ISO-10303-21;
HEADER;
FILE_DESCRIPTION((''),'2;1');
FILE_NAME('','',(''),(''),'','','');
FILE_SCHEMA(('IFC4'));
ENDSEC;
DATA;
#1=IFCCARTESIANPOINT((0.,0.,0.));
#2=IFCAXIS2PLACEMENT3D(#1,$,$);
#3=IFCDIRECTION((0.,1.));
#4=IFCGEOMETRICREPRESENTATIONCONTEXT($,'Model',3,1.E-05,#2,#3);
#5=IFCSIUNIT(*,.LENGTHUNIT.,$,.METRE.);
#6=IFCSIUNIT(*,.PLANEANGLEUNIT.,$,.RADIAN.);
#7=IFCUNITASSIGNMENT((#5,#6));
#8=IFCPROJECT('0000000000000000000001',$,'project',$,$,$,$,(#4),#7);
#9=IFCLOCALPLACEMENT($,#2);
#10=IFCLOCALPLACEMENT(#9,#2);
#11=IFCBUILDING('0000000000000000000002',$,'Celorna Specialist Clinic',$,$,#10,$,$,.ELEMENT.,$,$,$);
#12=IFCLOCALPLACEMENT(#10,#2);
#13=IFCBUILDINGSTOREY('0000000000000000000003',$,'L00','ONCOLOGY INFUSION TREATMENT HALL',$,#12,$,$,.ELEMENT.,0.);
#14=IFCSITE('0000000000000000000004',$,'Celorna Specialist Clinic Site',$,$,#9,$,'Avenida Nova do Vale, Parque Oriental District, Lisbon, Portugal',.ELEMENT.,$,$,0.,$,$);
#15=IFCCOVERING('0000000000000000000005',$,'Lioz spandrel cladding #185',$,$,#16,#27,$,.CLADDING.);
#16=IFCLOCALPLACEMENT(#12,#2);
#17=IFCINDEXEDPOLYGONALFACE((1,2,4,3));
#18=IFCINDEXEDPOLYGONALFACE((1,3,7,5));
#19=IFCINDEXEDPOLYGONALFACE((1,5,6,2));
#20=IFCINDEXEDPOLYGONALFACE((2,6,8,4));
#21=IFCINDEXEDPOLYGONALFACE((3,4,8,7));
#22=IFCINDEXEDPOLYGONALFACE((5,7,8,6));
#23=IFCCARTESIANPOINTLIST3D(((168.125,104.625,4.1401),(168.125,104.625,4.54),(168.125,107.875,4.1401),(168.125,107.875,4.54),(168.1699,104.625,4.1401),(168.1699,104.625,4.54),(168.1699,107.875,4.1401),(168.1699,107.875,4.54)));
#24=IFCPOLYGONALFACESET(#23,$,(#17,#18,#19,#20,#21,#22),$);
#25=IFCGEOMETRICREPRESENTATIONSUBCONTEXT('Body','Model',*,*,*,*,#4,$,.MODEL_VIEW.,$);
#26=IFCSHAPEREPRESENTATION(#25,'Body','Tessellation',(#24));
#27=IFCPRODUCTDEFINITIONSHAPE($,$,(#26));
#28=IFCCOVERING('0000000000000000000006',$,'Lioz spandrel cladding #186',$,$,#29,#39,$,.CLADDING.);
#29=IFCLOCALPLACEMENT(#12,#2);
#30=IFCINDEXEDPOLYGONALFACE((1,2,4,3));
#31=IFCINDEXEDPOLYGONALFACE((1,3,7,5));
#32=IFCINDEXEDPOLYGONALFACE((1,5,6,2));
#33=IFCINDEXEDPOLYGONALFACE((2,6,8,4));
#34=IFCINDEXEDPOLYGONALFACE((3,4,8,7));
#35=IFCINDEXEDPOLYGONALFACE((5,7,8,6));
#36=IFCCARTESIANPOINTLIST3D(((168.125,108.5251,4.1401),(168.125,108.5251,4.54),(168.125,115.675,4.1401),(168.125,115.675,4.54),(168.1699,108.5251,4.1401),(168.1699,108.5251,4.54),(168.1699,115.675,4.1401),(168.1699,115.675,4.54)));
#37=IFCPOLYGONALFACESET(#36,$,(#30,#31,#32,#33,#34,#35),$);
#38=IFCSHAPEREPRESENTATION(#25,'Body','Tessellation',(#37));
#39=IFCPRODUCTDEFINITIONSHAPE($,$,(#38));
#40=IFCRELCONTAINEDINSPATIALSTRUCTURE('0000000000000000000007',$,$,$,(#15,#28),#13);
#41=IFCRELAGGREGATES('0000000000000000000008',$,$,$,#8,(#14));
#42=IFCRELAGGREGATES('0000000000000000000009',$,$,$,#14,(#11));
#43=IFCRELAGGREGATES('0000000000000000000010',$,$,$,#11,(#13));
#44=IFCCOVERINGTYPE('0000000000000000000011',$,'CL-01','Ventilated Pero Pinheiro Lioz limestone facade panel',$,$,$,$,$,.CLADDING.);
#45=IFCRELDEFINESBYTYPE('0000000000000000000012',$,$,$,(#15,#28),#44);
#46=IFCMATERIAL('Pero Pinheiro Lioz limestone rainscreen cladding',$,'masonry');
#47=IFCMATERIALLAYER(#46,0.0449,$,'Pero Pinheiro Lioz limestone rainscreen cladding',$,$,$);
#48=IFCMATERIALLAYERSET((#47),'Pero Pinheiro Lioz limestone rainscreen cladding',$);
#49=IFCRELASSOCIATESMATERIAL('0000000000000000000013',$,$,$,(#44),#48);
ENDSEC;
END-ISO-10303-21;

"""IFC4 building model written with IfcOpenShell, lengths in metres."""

from ifc_helpers import new_model, si_unit, direction, frame, origin, origin_2d, place, context, subcontext, project, spatial, rectangle, extrude, material, layer, layer_set, type_object, element, save


model = new_model("IFC4")

# Units and contexts
model_context = context("Model", 3, precision=1e-05, world=origin(), true_north=direction((0.0, 1.0)))
body_context = subcontext(model_context, "Body", "Model", "MODEL_VIEW")
ifc_project = project(units=[si_unit("LENGTHUNIT", "METRE"), si_unit("PLANEANGLEUNIT", "RADIAN")], contexts=[model_context])

# Site, building, storey
site_placement = place(None, origin())
site = spatial("IfcSite", under=ifc_project, at=site_placement, Name="Celorna Specialist Clinic Site", LongName="Avenida Nova do Vale, Parque Oriental District, Lisbon, Portugal", CompositionType="ELEMENT", RefElevation=0.0)
building_placement = place(site_placement, origin())
building = spatial("IfcBuilding", under=site, at=building_placement, Name="Celorna Specialist Clinic", CompositionType="ELEMENT")
storey_placement = place(building_placement, origin())
storey = spatial("IfcBuildingStorey", under=building, at=storey_placement, Name="L00", Description="ONCOLOGY INFUSION TREATMENT HALL", CompositionType="ELEMENT", Elevation=0.0)

# Coverings
ifc_material_1 = material(Name="Pero Pinheiro Lioz limestone rainscreen cladding", Category="masonry")
ifc_layer_1 = layer(ifc_material_1, 0.0449, Name="Pero Pinheiro Lioz limestone rainscreen cladding")
ifc_layer_set_1 = layer_set([ifc_layer_1], Name="Pero Pinheiro Lioz limestone rainscreen cladding")
covering_type = type_object("IfcCoveringType", Name="CL-01", Description="Ventilated Pero Pinheiro Lioz limestone facade panel", PredefinedType="CLADDING", material=ifc_layer_set_1)
covering_1_placement = place(storey_placement, frame((168.1475, 106.25, 4.1401), z_axis=(0.0, 0.0, 1.0), x_axis=(0.0, -1.0, 0.0)))
element("IfcCovering", 1, at=covering_1_placement, inside=storey, type_object=covering_type, Name="Lioz spandrel cladding #185", PredefinedType="CLADDING", context=body_context, shape_type="SweptSolid", body=[
    extrude(rectangle(XDim=3.25, YDim=0.0449, at=origin_2d()), origin(), (0.0, 0.0, 1.0), 0.3999),
])
covering_2_placement = place(storey_placement, frame((168.1475, 112.1001, 4.1401), z_axis=(0.0, 0.0, 1.0), x_axis=(0.0, -1.0, 0.0)))
element("IfcCovering", 2, at=covering_2_placement, inside=storey, type_object=covering_type, Name="Lioz spandrel cladding #186", PredefinedType="CLADDING", context=body_context, shape_type="SweptSolid", body=[
    extrude(rectangle(XDim=7.1499, YDim=0.0449, at=origin_2d()), origin(), (0.0, 0.0, 1.0), 0.3999),
])

save(model, "model.ifc")
